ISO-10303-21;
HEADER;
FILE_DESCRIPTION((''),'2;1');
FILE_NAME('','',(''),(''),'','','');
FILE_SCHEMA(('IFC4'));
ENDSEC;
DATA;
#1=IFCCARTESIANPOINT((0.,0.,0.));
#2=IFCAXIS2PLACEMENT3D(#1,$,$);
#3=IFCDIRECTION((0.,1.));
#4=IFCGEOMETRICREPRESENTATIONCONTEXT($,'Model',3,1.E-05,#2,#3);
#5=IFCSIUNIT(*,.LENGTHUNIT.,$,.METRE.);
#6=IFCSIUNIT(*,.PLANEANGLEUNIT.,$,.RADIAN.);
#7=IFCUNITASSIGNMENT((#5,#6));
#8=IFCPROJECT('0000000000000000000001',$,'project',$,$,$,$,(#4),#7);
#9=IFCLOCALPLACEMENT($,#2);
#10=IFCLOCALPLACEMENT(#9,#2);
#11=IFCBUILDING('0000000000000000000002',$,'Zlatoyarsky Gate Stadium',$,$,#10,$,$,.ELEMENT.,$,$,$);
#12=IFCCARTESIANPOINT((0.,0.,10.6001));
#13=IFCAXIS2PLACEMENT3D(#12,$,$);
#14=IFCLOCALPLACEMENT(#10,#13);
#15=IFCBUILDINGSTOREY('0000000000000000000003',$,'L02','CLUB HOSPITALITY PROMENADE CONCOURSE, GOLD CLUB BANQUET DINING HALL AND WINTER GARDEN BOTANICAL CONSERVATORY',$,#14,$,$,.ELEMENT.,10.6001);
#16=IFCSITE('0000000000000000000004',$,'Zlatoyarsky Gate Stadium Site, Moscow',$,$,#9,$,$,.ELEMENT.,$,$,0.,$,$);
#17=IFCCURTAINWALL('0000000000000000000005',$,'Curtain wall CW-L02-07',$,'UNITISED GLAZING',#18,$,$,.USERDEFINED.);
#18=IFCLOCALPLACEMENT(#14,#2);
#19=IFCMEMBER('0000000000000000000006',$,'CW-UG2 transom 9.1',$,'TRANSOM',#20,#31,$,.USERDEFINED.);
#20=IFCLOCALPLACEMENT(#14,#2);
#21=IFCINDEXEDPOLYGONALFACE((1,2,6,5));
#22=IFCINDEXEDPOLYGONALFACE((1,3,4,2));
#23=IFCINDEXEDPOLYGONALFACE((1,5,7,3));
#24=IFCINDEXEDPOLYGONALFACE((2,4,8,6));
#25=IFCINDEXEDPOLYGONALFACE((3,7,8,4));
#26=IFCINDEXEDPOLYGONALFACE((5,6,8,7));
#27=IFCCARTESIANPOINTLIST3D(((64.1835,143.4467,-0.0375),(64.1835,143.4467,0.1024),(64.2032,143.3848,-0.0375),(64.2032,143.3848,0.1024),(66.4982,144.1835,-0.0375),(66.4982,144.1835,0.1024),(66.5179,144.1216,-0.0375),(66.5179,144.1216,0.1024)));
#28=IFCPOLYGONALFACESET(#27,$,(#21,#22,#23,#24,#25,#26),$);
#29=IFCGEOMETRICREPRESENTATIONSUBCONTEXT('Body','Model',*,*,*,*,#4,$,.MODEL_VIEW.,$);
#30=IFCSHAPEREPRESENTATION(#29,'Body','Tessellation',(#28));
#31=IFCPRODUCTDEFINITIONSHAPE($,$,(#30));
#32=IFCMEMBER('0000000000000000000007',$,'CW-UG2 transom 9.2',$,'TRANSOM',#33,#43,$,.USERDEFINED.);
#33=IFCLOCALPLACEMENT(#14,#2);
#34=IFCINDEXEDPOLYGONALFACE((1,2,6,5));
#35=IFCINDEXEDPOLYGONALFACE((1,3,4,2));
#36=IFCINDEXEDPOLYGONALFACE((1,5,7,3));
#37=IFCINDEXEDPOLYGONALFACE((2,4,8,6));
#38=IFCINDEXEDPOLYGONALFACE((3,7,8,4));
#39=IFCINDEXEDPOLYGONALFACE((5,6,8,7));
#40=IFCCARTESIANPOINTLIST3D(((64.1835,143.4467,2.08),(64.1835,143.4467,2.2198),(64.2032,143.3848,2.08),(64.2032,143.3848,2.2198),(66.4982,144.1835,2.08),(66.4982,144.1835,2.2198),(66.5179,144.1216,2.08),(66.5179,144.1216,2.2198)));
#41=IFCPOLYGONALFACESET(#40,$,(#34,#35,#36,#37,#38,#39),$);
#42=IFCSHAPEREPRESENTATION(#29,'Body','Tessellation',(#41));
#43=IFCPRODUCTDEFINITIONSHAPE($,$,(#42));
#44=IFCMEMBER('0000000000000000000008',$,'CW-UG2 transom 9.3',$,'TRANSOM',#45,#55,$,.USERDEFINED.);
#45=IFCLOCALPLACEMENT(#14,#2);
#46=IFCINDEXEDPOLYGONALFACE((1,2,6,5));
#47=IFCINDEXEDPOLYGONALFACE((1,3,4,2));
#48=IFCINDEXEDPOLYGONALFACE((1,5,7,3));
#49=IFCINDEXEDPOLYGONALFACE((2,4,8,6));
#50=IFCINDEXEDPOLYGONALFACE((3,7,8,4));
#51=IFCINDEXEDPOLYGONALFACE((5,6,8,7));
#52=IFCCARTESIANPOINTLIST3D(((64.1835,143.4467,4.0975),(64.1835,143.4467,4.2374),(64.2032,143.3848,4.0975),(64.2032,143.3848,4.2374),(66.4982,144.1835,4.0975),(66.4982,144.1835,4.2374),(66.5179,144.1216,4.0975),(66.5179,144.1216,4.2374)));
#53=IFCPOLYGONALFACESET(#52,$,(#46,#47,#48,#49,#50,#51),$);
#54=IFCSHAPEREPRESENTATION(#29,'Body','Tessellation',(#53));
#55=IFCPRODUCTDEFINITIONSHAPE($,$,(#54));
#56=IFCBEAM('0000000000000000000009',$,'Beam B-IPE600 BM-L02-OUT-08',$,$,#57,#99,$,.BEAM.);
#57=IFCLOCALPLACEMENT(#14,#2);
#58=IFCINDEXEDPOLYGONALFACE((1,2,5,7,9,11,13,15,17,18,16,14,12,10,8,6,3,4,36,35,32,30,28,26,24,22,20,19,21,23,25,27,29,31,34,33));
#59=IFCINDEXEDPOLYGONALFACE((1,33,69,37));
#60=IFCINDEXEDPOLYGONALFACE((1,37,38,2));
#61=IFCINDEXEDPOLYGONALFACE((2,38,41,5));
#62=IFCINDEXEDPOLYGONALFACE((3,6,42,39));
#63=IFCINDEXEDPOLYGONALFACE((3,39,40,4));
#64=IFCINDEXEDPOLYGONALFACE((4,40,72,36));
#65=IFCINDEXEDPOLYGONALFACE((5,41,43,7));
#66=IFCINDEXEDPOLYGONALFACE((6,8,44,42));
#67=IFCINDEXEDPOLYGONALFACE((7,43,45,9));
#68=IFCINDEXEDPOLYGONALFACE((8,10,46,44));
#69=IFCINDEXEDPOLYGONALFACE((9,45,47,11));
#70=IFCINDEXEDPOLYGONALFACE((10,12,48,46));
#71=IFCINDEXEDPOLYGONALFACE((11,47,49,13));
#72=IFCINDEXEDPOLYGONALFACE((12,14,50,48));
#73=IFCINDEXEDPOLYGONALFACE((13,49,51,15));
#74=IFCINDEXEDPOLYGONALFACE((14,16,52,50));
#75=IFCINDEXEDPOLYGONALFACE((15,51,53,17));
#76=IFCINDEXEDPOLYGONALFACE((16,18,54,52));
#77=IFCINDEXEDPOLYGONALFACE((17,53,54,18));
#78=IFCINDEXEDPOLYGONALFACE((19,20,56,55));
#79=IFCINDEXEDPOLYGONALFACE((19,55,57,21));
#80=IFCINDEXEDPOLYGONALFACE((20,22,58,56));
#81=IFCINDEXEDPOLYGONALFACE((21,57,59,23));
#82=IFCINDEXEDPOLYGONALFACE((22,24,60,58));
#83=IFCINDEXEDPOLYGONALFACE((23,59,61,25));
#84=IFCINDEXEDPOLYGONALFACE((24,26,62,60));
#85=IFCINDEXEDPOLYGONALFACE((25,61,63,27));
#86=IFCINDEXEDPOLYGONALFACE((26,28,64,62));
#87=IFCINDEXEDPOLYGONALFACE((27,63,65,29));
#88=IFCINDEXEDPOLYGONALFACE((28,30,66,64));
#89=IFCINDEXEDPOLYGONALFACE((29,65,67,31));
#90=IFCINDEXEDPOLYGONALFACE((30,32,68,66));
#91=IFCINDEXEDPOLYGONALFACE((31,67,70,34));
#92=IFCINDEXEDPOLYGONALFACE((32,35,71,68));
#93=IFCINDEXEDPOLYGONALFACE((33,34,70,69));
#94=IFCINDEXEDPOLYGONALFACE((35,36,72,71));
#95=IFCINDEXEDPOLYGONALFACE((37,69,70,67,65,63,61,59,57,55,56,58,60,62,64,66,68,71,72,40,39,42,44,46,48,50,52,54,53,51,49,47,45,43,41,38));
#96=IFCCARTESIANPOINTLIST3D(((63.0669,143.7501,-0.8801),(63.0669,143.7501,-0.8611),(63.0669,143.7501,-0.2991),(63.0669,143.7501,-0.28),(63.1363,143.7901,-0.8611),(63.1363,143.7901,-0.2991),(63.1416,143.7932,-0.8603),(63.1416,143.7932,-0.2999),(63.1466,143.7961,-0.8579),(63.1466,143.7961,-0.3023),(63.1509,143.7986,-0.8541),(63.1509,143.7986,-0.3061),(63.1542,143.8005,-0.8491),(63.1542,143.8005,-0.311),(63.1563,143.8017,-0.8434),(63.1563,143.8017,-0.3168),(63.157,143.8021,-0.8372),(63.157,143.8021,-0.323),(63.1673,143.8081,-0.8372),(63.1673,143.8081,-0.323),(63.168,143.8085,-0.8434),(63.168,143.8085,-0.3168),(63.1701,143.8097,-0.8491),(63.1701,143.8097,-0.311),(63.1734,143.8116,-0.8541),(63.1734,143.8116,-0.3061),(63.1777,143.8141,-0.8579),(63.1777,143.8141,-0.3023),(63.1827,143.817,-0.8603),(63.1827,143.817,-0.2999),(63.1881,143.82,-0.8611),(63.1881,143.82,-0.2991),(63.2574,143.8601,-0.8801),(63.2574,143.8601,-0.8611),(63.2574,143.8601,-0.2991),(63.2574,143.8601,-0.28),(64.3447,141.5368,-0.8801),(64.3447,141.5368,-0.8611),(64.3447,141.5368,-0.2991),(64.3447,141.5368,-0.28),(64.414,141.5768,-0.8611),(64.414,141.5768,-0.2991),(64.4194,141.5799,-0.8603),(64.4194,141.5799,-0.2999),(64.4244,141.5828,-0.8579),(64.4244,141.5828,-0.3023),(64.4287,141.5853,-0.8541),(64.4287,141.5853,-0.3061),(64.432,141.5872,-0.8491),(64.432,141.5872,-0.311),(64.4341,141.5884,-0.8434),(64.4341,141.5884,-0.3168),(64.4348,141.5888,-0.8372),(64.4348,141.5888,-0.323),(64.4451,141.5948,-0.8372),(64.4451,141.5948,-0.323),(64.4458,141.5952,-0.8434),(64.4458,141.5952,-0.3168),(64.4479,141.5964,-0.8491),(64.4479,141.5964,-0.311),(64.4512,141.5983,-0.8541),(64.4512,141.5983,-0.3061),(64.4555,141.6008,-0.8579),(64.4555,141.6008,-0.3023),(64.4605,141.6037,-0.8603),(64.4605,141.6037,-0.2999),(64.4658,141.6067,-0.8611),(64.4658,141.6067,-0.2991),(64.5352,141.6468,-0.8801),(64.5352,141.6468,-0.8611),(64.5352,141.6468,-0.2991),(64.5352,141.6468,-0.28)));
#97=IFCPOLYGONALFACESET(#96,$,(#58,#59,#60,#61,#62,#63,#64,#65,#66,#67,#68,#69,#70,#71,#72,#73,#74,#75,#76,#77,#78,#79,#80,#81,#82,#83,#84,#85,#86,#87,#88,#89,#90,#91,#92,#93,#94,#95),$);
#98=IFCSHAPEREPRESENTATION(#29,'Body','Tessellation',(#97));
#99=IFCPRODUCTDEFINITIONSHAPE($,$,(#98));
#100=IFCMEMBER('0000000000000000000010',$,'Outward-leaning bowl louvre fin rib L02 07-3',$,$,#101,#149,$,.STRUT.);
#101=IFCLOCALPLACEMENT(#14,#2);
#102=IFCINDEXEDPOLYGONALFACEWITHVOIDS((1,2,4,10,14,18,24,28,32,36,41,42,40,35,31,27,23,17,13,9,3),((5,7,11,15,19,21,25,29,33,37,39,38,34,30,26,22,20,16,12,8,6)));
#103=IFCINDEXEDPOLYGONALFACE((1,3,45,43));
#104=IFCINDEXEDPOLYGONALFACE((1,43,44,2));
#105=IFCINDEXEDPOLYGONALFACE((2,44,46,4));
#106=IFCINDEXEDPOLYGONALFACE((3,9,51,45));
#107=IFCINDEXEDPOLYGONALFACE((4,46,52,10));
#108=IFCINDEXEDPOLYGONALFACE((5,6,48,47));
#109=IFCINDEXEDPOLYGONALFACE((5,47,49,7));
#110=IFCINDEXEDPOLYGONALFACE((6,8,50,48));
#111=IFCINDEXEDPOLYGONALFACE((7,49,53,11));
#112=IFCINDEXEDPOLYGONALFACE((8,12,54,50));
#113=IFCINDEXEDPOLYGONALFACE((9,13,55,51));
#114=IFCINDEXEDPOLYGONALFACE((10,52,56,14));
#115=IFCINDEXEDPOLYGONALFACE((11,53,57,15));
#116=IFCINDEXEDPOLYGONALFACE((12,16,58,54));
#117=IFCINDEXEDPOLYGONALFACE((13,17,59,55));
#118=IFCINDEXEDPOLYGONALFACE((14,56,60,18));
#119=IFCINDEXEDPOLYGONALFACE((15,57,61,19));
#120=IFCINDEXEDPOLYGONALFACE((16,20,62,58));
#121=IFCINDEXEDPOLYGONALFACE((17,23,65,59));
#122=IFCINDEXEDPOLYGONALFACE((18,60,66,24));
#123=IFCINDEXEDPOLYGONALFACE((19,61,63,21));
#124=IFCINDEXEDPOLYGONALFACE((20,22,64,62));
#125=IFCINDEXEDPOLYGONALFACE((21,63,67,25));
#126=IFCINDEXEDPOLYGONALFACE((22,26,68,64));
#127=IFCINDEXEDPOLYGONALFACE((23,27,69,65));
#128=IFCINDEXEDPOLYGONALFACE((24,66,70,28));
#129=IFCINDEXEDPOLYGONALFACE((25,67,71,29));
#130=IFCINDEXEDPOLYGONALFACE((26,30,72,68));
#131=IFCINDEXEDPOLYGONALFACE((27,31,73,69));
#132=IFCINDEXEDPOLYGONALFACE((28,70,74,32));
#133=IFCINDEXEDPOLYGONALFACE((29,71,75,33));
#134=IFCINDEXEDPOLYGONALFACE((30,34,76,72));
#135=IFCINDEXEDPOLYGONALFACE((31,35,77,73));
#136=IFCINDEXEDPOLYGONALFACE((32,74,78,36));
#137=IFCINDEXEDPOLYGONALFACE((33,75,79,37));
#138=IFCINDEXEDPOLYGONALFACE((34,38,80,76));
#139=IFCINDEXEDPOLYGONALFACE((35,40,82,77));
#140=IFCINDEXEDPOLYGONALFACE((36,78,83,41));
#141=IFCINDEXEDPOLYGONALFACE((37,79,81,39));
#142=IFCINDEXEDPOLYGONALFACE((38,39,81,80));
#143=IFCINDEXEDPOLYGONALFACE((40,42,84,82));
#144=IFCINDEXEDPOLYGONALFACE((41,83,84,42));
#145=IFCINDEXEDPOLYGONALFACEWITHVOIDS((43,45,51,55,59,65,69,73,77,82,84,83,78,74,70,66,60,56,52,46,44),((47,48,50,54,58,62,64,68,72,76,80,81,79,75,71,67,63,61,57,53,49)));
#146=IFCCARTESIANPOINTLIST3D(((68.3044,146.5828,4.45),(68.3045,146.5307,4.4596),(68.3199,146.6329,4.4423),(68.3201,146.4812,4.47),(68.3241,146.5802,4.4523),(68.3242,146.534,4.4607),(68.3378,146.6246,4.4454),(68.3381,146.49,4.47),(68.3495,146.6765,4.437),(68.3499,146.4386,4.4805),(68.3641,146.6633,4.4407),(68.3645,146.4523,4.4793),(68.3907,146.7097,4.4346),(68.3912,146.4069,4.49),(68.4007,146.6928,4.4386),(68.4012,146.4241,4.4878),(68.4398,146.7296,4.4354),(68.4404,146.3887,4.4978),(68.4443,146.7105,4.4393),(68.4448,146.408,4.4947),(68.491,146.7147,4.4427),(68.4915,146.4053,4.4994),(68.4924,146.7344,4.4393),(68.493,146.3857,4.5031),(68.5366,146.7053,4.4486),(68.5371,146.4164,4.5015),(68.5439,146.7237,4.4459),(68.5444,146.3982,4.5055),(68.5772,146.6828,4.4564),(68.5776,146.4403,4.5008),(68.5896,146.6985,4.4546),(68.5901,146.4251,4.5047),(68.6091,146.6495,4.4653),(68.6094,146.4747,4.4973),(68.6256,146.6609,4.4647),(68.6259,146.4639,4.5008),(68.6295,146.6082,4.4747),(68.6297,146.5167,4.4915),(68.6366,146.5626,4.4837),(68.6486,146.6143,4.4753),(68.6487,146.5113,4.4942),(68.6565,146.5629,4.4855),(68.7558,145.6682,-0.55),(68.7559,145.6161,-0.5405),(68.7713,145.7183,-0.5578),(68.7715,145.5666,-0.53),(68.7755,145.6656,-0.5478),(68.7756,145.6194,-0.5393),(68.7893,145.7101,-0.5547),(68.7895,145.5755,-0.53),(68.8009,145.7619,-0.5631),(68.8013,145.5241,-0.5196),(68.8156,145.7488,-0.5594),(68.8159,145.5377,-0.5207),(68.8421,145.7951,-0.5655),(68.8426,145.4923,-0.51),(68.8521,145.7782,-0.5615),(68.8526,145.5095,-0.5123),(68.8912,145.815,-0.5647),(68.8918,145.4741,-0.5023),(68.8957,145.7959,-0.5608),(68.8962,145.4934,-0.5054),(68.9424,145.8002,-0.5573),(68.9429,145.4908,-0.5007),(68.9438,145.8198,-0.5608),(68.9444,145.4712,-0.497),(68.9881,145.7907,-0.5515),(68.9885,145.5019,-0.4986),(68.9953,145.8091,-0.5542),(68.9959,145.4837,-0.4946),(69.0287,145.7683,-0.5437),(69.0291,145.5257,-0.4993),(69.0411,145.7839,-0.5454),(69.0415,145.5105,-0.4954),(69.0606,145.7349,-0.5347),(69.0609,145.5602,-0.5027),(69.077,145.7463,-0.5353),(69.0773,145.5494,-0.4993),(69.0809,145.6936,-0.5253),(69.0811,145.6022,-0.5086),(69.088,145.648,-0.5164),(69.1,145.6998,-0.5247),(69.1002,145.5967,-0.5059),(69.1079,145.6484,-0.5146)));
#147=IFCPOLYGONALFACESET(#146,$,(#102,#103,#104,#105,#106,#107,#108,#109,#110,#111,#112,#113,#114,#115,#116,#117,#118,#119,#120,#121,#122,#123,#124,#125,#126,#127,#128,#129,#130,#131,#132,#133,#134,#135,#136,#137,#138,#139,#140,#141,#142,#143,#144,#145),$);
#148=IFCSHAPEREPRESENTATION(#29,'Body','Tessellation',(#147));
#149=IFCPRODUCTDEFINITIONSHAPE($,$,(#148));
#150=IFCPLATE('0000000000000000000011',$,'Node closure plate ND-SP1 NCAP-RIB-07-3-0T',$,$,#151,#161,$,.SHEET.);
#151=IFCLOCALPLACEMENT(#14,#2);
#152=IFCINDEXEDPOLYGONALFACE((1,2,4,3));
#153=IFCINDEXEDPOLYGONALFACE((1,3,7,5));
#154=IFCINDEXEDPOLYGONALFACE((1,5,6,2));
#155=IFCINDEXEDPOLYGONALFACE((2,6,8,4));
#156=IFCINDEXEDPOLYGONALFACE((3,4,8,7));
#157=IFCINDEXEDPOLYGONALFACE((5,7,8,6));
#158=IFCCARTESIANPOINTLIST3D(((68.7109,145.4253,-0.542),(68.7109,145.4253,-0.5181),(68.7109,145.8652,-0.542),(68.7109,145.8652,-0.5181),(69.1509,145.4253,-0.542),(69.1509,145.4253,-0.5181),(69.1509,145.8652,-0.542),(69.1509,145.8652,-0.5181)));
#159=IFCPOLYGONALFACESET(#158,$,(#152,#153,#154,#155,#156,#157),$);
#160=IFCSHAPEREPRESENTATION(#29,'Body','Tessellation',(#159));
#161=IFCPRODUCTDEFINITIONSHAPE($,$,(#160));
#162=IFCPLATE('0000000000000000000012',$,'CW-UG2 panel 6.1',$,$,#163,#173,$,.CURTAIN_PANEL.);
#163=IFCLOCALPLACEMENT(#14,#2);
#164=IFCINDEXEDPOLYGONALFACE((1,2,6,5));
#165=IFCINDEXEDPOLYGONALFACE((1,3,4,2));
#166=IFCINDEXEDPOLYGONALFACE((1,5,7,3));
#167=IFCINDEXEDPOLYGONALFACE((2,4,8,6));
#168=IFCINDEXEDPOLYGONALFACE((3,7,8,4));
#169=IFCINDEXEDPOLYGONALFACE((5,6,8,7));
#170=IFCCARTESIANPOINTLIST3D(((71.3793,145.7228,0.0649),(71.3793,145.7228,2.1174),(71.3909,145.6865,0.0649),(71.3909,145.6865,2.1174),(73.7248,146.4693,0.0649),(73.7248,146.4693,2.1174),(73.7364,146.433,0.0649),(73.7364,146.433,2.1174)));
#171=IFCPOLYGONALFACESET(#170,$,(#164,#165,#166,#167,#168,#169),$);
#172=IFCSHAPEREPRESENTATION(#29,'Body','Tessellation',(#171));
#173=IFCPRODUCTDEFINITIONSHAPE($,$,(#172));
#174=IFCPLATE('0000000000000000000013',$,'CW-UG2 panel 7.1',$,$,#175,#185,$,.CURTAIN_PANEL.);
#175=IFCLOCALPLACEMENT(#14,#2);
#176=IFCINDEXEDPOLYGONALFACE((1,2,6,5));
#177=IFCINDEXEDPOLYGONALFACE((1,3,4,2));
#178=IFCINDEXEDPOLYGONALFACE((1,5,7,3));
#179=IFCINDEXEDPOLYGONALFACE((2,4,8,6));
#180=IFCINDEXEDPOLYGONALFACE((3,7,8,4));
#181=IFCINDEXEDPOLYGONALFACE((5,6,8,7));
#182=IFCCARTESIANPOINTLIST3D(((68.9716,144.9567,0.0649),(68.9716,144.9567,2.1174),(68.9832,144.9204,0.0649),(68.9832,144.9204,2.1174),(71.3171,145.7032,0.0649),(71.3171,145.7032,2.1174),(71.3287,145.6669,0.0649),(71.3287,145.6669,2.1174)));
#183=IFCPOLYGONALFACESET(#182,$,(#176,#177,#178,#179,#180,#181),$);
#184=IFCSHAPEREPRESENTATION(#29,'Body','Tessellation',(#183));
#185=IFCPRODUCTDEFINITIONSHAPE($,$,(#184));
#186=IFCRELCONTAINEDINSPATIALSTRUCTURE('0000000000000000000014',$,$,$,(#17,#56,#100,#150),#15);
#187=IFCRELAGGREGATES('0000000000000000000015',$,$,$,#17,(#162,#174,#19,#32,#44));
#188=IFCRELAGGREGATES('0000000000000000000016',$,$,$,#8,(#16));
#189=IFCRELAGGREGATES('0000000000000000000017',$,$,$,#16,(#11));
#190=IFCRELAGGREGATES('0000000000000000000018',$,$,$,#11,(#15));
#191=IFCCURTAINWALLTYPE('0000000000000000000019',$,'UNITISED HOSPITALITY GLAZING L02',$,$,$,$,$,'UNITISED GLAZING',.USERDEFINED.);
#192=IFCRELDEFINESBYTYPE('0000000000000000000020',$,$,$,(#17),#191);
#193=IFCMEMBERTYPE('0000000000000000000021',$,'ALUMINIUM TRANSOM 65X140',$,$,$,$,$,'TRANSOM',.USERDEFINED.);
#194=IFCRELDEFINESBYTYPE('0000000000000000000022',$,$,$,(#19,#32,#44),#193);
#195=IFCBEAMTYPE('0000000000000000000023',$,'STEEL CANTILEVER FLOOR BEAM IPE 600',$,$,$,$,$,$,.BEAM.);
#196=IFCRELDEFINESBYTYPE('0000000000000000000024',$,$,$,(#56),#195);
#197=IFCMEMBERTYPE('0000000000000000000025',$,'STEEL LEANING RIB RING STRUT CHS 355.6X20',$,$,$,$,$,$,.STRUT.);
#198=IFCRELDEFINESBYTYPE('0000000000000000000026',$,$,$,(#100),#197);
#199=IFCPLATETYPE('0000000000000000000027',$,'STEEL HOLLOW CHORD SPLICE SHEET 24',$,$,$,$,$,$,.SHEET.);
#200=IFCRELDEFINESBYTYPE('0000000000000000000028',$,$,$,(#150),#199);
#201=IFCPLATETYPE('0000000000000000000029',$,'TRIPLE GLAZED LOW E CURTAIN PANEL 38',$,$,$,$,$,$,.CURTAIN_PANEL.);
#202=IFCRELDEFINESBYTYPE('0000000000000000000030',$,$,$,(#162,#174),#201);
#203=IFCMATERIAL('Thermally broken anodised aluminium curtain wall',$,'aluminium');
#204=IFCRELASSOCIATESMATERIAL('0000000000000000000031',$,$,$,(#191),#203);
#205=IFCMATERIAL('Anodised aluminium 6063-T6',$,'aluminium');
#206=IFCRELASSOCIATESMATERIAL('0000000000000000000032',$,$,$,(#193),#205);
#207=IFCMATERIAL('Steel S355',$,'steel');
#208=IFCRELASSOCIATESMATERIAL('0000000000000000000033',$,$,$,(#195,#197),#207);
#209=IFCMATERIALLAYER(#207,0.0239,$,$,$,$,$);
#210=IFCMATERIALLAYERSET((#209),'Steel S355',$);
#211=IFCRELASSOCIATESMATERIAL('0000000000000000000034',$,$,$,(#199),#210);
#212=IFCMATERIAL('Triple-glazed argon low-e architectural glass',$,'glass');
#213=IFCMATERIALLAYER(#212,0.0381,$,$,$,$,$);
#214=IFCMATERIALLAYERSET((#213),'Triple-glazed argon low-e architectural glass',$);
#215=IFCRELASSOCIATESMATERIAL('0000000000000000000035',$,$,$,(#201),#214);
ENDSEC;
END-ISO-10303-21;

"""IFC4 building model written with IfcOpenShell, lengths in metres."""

from ifc_helpers import new_model, si_unit, direction, frame, origin, origin_2d, place, context, subcontext, project, spatial, rectangle, hollow_circle, i_section, extrude, material, layer, layer_set, material_profile, profile_set, type_object, element, aggregate, save


model = new_model("IFC4")

# Units and contexts
model_context = context("Model", 3, precision=1e-05, world=origin(), true_north=direction((0.0, 1.0)))
body_context = subcontext(model_context, "Body", "Model", "MODEL_VIEW")
ifc_project = project(units=[si_unit("LENGTHUNIT", "METRE"), si_unit("PLANEANGLEUNIT", "RADIAN")], contexts=[model_context])

# Site, building, storey
site_placement = place(None, origin())
site = spatial("IfcSite", under=ifc_project, at=site_placement, Name="Zlatoyarsky Gate Stadium Site, Moscow", CompositionType="ELEMENT", RefElevation=0.0)
building_placement = place(site_placement, origin())
building = spatial("IfcBuilding", under=site, at=building_placement, Name="Zlatoyarsky Gate Stadium", CompositionType="ELEMENT")
storey_placement = place(building_placement, frame((0.0, 0.0, 10.6001)))
storey = spatial("IfcBuildingStorey", under=building, at=storey_placement, Name="L02", Description="CLUB HOSPITALITY PROMENADE CONCOURSE, GOLD CLUB BANQUET DINING HALL AND WINTER GARDEN BOTANICAL CONSERVATORY", CompositionType="ELEMENT", Elevation=10.6001)

# Shared definitions
ifc_material_1 = material(Name="Steel S355", Category="steel")

# Curtain wall, members
ifc_material_2 = material(Name="Thermally broken anodised aluminium curtain wall", Category="aluminium")
curtain_wall_type = type_object("IfcCurtainWallType", Name="UNITISED HOSPITALITY GLAZING L02", ElementType="UNITISED GLAZING", PredefinedType="USERDEFINED", material=ifc_material_2)
curtain_wall_placement = place(storey_placement, origin())
curtain_wall = element("IfcCurtainWall", 1, at=curtain_wall_placement, inside=storey, type_object=curtain_wall_type, Name="Curtain wall CW-L02-07", ObjectType="UNITISED GLAZING", PredefinedType="USERDEFINED")
ifc_material_3 = material(Name="Anodised aluminium 6063-T6", Category="aluminium")
ifc_material_profile_1 = material_profile(ifc_material_3, rectangle(XDim=0.0649, YDim=0.1399, at=origin_2d()), Name="ALU 65X140")
ifc_profile_set_1 = profile_set([ifc_material_profile_1], Name="Anodised aluminium 6063-T6")
member_type_1 = type_object("IfcMemberType", Name="ALUMINIUM TRANSOM 65X140", ElementType="TRANSOM", PredefinedType="USERDEFINED", material=ifc_profile_set_1)
member_1_placement = place(storey_placement, frame((66.5081, 144.1526, 0.0325), z_axis=(-0.952887, -0.303324, 0.0), x_axis=(0.303324, -0.952887, 0.0)))
member_1 = element("IfcMember", 2, at=member_1_placement, type_object=member_type_1, Name="CW-UG2 transom 9.1", ObjectType="TRANSOM", PredefinedType="USERDEFINED", context=body_context, shape_type="SweptSolid", body=[
    extrude(rectangle(XDim=0.0649, YDim=0.1399, at=origin_2d()), origin(), (0.0, 0.0, 1.0), 2.4292),
])
member_2_placement = place(storey_placement, frame((66.5081, 144.1526, 2.1499), z_axis=(-0.952887, -0.303324, 0.0), x_axis=(0.303324, -0.952887, 0.0)))
member_2 = element("IfcMember", 3, at=member_2_placement, type_object=member_type_1, Name="CW-UG2 transom 9.2", ObjectType="TRANSOM", PredefinedType="USERDEFINED", context=body_context, shape_type="SweptSolid", body=[
    extrude(rectangle(XDim=0.0649, YDim=0.1399, at=origin_2d()), origin(), (0.0, 0.0, 1.0), 2.4292),
])
member_3_placement = place(storey_placement, frame((66.5081, 144.1526, 4.1675), z_axis=(-0.952887, -0.303324, 0.0), x_axis=(0.303324, -0.952887, 0.0)))
member_3 = element("IfcMember", 4, at=member_3_placement, type_object=member_type_1, Name="CW-UG2 transom 9.3", ObjectType="TRANSOM", PredefinedType="USERDEFINED", context=body_context, shape_type="SweptSolid", body=[
    extrude(rectangle(XDim=0.0649, YDim=0.1399, at=origin_2d()), origin(), (0.0, 0.0, 1.0), 2.4292),
])

# Beam
ifc_material_profile_2 = material_profile(ifc_material_1, i_section(OverallWidth=0.22, OverallDepth=0.6001, WebThickness=0.012, FlangeThickness=0.019, FilletRadius=0.0239, at=origin_2d()), Name="IPE 600")
ifc_profile_set_2 = profile_set([ifc_material_profile_2], Name="Steel S355")
beam_type = type_object("IfcBeamType", Name="STEEL CANTILEVER FLOOR BEAM IPE 600", PredefinedType="BEAM", material=ifc_profile_set_2)
beam_placement = place(storey_placement, frame((64.4399, 141.5918, -0.5801), z_axis=(-0.499982, 0.866036, 0.0), x_axis=(-0.866036, -0.499982, 0.0)))
element("IfcBeam", 5, at=beam_placement, inside=storey, type_object=beam_type, Name="Beam B-IPE600 BM-L02-OUT-08", PredefinedType="BEAM", context=body_context, shape_type="SweptSolid", body=[
    extrude(i_section(OverallWidth=0.22, OverallDepth=0.6001, WebThickness=0.012, FlangeThickness=0.019, FilletRadius=0.0239, at=origin_2d()), origin(), (0.0, 0.0, 1.0), 2.5557),
])

# Member
ifc_material_profile_3 = material_profile(ifc_material_1, hollow_circle(Radius=0.1777, WallThickness=0.02, at=origin_2d()), Name="CHS 355.6X20")
ifc_profile_set_3 = profile_set([ifc_material_profile_3], Name="Steel S355")
member_type_2 = type_object("IfcMemberType", Name="STEEL LEANING RIB RING STRUT CHS 355.6X20", PredefinedType="STRUT", material=ifc_profile_set_3)
member_4_placement = place(storey_placement, frame((68.9309, 145.6453, -0.53), z_axis=(-0.088462, 0.17922, 0.979824), x_axis=(-0.896713, -0.442612, 0.0)))
element("IfcMember", 6, at=member_4_placement, inside=storey, type_object=member_type_2, Name="Outward-leaning bowl louvre fin rib L02 07-3", PredefinedType="STRUT", context=body_context, shape_type="SweptSolid", body=[
    extrude(hollow_circle(Radius=0.1777, WallThickness=0.02, at=origin_2d()), origin(), (0.0, 0.0, 1.0), 5.103),
])

# Plates
ifc_layer_1 = layer(ifc_material_1, 0.0239)
ifc_layer_set_1 = layer_set([ifc_layer_1], Name="Steel S355")
plate_type_1 = type_object("IfcPlateType", Name="STEEL HOLLOW CHORD SPLICE SHEET 24", PredefinedType="SHEET", material=ifc_layer_set_1)
plate_1_placement = place(storey_placement, frame((68.9309, 145.6453, -0.542), z_axis=(0.0, 0.0, 1.0), x_axis=(1.0, 0.0, 0.0)))
element("IfcPlate", 7, at=plate_1_placement, inside=storey, type_object=plate_type_1, Name="Node closure plate ND-SP1 NCAP-RIB-07-3-0T", PredefinedType="SHEET", context=body_context, shape_type="SweptSolid", body=[
    extrude(rectangle(XDim=0.4399, YDim=0.4399, at=origin_2d()), origin(), (0.0, 0.0, 1.0), 0.0239),
])
ifc_material_4 = material(Name="Triple-glazed argon low-e architectural glass", Category="glass")
ifc_layer_2 = layer(ifc_material_4, 0.0381)
ifc_layer_set_2 = layer_set([ifc_layer_2], Name="Triple-glazed argon low-e architectural glass")
plate_type_2 = type_object("IfcPlateType", Name="TRIPLE GLAZED LOW E CURTAIN PANEL 38", PredefinedType="CURTAIN_PANEL", material=ifc_layer_set_2)
plate_2_placement = place(storey_placement, frame((72.5579, 146.0779, 0.0649), z_axis=(0.0, 0.0, 1.0), x_axis=(-0.952902, -0.303279, 0.0)))
plate_2 = element("IfcPlate", 8, at=plate_2_placement, type_object=plate_type_2, Name="CW-UG2 panel 6.1", PredefinedType="CURTAIN_PANEL", context=body_context, shape_type="SweptSolid", body=[
    extrude(rectangle(XDim=2.4614, YDim=0.0381, at=origin_2d()), origin(), (0.0, 0.0, 1.0), 2.0525),
])
plate_3_placement = place(storey_placement, frame((70.1501, 145.3118, 0.0649), z_axis=(0.0, 0.0, 1.0), x_axis=(-0.952902, -0.303279, 0.0)))
plate_3 = element("IfcPlate", 9, at=plate_3_placement, type_object=plate_type_2, Name="CW-UG2 panel 7.1", PredefinedType="CURTAIN_PANEL", context=body_context, shape_type="SweptSolid", body=[
    extrude(rectangle(XDim=2.4614, YDim=0.0381, at=origin_2d()), origin(), (0.0, 0.0, 1.0), 2.0525),
])
aggregate(curtain_wall, [plate_2, plate_3, member_1, member_2, member_3])

save(model, "model.ifc")
